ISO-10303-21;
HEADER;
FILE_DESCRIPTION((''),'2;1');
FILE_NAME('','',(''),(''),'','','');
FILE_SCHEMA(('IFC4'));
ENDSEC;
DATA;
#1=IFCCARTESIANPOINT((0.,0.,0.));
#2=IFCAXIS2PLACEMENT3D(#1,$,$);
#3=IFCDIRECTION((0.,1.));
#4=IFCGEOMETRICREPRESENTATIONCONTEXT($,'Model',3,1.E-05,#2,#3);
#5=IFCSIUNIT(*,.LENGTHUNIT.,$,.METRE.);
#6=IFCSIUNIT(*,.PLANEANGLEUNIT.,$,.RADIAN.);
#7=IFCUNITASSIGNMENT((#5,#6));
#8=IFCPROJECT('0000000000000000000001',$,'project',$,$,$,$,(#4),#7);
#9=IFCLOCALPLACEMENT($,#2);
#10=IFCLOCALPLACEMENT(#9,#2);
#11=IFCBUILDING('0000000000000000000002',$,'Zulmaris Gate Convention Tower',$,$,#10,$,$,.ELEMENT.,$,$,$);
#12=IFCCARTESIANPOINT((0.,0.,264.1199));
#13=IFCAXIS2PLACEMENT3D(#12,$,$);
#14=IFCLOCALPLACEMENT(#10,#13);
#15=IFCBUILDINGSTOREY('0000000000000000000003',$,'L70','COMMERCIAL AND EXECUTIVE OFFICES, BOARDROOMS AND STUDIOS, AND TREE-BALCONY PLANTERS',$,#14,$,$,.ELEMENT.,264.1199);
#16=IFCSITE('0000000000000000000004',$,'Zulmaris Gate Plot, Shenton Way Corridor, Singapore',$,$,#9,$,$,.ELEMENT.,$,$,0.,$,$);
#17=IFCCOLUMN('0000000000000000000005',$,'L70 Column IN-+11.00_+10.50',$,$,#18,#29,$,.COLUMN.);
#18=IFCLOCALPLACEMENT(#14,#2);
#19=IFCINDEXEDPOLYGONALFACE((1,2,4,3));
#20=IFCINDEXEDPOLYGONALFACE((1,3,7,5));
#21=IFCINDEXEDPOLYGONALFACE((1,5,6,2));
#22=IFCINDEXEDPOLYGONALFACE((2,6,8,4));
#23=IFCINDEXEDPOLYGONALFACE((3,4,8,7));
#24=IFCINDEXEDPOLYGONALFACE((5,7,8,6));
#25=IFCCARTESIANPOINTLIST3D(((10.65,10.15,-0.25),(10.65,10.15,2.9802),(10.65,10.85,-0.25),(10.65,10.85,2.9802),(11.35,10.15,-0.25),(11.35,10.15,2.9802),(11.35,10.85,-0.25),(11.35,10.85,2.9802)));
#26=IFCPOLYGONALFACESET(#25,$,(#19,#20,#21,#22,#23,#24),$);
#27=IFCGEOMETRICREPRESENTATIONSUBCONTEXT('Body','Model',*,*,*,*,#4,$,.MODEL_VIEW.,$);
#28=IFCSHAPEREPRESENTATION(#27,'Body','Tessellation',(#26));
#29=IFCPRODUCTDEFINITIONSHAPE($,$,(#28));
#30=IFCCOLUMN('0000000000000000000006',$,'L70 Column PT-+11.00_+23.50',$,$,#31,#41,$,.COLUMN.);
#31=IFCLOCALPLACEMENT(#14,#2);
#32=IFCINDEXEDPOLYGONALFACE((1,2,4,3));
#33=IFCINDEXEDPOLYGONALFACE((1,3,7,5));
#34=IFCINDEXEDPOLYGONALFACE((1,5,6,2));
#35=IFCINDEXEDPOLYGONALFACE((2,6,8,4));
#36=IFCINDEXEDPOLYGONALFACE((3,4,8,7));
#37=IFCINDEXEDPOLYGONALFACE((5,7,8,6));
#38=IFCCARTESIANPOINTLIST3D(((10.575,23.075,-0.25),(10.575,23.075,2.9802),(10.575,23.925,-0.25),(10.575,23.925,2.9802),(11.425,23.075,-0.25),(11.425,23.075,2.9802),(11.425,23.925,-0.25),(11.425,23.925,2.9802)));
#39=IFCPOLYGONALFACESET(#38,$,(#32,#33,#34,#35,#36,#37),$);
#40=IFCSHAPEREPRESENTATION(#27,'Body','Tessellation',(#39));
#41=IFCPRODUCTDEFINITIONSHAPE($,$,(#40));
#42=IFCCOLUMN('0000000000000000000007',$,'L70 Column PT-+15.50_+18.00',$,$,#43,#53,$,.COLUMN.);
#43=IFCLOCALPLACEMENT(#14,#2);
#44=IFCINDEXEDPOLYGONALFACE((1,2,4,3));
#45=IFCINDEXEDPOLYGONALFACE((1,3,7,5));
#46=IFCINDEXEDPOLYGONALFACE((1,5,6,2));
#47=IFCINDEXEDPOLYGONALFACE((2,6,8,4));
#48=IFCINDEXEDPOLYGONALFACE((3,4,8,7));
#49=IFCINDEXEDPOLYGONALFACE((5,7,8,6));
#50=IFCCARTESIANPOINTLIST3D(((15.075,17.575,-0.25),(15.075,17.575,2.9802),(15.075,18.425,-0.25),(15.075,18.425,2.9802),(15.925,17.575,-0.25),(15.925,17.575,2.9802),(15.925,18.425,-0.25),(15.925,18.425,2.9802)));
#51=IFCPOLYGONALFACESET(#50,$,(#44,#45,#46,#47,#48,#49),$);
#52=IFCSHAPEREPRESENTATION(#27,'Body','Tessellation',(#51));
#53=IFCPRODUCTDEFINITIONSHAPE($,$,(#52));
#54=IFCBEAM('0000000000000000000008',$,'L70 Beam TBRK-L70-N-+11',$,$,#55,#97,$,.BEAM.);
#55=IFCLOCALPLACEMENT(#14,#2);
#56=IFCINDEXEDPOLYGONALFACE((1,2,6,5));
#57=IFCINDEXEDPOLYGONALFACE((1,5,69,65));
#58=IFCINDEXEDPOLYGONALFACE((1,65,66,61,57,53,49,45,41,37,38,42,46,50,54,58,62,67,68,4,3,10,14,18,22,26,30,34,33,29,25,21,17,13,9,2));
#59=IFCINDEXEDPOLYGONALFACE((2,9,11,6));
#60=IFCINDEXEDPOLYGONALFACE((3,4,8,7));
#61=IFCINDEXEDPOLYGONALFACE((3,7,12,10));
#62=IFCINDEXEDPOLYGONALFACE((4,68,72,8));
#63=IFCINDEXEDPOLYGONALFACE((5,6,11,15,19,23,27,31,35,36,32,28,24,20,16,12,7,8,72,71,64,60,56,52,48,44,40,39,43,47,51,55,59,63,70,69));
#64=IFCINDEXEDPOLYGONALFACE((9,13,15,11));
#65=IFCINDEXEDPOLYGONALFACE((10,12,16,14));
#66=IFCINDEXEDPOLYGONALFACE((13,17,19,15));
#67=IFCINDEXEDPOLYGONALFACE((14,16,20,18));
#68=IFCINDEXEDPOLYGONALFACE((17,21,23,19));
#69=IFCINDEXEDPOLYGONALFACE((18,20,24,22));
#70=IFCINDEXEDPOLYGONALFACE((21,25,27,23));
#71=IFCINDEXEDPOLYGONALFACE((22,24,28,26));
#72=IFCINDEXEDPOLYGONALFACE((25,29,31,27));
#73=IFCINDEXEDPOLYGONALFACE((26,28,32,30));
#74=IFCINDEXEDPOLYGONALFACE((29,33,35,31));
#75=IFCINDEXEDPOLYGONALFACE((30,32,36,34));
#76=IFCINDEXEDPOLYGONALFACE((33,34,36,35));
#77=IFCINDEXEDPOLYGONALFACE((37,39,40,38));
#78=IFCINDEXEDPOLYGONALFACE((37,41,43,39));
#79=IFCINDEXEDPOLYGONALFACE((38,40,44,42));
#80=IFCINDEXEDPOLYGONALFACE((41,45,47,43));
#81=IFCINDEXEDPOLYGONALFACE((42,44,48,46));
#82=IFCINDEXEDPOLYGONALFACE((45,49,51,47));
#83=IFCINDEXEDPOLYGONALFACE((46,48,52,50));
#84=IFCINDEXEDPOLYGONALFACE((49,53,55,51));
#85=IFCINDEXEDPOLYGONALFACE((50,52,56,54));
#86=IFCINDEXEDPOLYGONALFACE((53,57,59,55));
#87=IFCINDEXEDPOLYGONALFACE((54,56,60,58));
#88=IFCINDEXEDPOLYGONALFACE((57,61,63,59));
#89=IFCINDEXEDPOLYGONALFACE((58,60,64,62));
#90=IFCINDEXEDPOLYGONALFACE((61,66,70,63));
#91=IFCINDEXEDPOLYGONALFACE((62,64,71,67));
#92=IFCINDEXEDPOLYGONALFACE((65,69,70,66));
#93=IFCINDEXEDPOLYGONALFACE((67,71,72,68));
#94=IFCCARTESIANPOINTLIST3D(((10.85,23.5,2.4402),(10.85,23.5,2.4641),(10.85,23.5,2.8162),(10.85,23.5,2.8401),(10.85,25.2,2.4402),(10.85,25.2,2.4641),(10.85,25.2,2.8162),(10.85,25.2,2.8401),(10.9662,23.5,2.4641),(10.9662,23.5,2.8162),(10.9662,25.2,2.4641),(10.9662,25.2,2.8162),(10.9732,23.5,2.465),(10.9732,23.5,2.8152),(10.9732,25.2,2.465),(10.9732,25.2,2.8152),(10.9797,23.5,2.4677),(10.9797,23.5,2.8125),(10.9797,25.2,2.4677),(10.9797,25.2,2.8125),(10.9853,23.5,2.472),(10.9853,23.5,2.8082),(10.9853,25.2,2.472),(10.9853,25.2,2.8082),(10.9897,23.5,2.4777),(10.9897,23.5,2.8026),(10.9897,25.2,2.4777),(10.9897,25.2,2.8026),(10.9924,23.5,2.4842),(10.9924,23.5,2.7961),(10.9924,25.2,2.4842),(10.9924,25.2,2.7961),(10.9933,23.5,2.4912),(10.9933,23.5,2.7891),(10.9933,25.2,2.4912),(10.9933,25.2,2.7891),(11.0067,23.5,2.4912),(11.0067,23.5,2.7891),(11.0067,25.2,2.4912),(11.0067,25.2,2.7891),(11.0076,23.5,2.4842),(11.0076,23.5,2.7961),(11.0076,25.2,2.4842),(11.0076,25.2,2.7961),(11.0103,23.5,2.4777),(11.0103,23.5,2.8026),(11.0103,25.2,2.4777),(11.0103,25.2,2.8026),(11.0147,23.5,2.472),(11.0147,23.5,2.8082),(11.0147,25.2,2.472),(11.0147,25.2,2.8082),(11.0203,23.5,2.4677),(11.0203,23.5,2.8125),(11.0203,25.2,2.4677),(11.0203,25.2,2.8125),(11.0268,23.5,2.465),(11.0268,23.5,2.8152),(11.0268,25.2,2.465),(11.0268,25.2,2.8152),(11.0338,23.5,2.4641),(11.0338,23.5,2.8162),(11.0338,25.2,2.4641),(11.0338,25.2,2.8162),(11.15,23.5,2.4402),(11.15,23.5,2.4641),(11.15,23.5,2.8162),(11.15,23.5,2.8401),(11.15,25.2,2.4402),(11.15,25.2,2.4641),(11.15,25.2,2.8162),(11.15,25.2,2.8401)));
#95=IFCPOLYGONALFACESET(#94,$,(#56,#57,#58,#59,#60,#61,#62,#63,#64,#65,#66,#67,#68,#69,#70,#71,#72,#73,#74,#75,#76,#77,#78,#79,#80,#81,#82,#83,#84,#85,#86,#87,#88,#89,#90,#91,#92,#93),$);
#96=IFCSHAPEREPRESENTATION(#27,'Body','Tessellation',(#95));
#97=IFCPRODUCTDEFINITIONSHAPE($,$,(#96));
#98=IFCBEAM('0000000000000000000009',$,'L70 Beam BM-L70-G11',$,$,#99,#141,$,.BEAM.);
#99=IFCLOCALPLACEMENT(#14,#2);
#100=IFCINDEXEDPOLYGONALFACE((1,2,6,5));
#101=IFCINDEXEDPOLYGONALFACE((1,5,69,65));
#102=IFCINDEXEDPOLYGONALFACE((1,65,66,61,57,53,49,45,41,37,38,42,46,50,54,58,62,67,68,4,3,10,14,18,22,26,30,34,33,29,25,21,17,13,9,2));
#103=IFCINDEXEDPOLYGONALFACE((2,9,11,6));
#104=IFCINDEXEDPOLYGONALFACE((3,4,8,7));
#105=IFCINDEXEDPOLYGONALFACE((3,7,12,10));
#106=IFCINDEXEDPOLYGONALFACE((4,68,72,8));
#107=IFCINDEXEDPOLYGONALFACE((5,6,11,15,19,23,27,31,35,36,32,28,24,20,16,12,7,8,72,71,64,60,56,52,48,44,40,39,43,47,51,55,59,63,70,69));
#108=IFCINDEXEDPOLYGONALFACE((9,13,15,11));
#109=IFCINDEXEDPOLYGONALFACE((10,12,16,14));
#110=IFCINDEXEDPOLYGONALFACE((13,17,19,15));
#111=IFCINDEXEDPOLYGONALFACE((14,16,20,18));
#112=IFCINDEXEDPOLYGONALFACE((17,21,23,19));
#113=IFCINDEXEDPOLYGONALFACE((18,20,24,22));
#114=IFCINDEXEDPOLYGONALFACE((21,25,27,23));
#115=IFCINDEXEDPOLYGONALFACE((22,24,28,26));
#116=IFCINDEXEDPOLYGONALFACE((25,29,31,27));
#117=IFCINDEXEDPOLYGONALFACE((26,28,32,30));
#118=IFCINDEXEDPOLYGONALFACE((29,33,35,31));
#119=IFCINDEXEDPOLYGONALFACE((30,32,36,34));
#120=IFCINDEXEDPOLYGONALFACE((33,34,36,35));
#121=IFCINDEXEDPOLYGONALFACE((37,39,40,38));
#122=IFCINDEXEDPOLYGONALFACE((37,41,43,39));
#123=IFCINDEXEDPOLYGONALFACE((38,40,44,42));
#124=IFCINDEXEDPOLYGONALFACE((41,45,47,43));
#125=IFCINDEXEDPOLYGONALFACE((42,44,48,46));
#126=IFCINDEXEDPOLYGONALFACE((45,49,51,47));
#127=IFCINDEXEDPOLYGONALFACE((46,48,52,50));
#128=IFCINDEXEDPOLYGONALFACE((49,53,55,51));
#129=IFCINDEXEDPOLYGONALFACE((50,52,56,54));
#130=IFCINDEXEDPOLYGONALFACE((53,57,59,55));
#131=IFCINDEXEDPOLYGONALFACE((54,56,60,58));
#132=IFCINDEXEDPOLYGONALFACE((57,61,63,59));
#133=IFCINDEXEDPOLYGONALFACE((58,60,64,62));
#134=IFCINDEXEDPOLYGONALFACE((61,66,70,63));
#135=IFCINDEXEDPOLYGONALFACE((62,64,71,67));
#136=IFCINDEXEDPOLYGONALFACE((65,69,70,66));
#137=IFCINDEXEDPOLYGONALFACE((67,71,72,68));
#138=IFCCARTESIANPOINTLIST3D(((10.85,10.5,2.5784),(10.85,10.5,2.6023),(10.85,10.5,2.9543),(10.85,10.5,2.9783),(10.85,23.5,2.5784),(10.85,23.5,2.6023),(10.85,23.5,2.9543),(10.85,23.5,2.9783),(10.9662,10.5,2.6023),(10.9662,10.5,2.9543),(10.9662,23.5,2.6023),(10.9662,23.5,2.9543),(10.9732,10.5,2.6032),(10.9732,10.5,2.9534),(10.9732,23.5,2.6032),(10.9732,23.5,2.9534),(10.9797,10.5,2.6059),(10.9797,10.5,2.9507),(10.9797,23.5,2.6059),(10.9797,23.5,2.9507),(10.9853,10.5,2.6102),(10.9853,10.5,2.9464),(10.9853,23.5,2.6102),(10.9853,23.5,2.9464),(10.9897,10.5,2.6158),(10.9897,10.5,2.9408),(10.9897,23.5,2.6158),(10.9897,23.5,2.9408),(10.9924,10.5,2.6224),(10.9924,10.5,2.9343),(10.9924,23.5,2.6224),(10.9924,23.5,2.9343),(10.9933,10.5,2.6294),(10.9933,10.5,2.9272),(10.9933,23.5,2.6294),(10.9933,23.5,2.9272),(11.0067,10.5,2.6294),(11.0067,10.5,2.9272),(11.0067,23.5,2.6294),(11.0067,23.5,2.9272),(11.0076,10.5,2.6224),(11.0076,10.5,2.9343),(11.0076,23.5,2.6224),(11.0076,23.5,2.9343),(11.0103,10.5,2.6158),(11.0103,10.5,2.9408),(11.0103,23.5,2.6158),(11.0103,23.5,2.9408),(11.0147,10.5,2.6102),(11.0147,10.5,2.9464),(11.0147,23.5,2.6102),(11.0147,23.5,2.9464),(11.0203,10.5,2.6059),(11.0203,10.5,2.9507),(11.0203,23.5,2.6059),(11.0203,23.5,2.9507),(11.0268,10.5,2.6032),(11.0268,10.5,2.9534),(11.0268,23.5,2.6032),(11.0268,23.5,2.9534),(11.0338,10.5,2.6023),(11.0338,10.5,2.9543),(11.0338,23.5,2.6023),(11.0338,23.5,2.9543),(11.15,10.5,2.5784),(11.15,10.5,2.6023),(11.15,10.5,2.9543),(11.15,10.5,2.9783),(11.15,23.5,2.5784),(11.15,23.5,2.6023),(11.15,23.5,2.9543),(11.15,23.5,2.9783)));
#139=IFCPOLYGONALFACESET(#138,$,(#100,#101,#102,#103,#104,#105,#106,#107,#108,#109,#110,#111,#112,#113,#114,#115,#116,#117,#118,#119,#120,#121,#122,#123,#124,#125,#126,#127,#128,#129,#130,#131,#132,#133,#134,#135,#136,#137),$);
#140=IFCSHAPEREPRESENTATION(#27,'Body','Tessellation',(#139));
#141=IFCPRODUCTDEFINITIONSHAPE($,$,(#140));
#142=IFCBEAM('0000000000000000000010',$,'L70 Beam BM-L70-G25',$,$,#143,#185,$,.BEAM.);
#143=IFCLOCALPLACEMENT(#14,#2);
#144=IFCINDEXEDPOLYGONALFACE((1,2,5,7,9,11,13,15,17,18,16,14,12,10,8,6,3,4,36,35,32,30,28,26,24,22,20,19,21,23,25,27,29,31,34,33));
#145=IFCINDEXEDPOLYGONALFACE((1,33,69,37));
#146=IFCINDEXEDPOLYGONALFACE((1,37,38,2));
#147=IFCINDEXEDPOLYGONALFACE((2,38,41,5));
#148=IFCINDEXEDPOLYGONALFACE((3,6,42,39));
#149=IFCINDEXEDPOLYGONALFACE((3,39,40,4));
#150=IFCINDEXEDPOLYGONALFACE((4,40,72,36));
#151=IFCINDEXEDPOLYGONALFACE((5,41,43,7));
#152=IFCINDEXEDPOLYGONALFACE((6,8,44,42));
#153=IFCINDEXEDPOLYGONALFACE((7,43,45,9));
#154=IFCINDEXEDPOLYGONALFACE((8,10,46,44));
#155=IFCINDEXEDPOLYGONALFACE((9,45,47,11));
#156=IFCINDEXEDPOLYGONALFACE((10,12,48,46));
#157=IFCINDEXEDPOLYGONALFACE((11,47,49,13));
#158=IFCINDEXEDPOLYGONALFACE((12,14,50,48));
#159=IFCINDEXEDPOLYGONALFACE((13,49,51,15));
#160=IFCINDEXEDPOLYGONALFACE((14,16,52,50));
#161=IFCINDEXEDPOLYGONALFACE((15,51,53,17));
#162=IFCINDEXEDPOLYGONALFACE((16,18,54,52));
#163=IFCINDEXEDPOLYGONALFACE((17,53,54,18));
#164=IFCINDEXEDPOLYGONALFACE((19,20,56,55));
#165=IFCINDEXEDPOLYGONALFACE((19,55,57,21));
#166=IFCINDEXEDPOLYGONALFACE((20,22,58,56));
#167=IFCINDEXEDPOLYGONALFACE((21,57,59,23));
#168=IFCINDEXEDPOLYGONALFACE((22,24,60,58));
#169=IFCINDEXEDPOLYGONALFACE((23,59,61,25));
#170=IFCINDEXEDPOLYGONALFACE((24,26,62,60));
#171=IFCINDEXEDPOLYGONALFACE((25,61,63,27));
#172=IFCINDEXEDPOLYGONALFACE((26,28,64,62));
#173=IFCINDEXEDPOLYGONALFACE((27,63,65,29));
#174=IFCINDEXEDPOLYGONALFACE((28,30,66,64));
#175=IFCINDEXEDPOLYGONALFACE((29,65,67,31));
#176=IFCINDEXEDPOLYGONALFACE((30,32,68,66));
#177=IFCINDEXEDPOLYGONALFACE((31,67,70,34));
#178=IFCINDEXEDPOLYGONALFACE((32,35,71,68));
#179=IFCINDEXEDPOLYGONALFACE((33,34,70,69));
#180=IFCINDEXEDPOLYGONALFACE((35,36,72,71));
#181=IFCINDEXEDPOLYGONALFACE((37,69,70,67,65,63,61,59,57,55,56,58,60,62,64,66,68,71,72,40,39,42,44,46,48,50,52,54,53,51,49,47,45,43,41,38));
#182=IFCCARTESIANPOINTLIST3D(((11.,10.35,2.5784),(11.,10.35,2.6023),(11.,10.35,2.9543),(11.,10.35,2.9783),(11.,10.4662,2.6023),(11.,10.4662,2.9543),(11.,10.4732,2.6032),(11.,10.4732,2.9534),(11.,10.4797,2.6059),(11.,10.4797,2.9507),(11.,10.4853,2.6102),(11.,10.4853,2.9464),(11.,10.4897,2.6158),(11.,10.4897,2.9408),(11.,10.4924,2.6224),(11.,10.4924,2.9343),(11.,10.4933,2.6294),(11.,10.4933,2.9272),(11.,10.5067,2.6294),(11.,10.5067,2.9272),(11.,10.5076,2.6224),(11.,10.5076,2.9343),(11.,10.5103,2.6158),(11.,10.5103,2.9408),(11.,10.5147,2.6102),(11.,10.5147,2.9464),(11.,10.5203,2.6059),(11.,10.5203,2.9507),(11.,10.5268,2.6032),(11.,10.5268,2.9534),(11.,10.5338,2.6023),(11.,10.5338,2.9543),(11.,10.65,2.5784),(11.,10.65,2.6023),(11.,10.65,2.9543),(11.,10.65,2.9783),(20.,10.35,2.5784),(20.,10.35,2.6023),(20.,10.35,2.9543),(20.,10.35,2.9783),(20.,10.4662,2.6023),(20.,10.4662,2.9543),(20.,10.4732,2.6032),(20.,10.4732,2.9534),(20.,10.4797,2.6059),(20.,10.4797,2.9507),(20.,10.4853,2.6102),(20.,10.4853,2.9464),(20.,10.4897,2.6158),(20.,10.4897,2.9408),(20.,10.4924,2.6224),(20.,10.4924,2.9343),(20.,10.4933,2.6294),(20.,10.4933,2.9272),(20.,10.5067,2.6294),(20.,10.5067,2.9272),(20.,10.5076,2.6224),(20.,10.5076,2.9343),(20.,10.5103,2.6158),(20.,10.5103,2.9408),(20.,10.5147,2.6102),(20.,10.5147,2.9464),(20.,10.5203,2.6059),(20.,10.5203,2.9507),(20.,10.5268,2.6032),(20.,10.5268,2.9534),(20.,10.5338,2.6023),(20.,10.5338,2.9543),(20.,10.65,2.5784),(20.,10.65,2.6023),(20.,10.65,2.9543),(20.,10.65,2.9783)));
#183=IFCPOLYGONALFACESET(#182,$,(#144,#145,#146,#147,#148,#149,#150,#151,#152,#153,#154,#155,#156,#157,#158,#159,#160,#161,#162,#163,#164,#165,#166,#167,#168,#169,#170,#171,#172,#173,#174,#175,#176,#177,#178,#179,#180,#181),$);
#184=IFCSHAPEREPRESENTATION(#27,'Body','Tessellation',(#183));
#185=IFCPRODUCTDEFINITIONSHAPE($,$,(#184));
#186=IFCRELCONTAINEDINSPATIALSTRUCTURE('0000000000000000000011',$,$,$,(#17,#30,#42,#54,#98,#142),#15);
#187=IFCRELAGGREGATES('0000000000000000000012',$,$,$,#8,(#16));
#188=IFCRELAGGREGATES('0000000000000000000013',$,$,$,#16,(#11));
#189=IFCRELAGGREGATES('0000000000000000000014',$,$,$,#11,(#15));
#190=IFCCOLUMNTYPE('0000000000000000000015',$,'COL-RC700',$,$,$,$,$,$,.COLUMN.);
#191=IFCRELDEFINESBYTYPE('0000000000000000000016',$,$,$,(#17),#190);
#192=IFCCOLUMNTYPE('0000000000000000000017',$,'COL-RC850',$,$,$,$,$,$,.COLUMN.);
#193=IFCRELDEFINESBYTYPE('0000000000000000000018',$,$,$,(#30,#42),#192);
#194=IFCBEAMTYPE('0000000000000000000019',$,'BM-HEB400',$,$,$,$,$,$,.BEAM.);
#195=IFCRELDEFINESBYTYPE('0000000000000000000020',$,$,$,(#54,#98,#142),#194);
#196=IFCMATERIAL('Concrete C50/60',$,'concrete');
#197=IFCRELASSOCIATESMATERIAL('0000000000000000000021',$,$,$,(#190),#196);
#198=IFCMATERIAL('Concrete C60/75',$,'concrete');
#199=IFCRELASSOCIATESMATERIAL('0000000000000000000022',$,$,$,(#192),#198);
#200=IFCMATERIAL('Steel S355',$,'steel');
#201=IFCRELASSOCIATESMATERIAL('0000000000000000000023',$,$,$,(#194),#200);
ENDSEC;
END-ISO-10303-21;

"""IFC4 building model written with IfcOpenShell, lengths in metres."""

from ifc_helpers import new_model, si_unit, direction, frame, origin, origin_2d, place, context, subcontext, project, spatial, rectangle, i_section, extrude, material, material_profile, profile_set, type_object, element, save


model = new_model("IFC4")

# Units and contexts
model_context = context("Model", 3, precision=1e-05, world=origin(), true_north=direction((0.0, 1.0)))
body_context = subcontext(model_context, "Body", "Model", "MODEL_VIEW")
ifc_project = project(units=[si_unit("LENGTHUNIT", "METRE"), si_unit("PLANEANGLEUNIT", "RADIAN")], contexts=[model_context])

# Site, building, storey
site_placement = place(None, origin())
site = spatial("IfcSite", under=ifc_project, at=site_placement, Name="Zulmaris Gate Plot, Shenton Way Corridor, Singapore", CompositionType="ELEMENT", RefElevation=0.0)
building_placement = place(site_placement, origin())
building = spatial("IfcBuilding", under=site, at=building_placement, Name="Zulmaris Gate Convention Tower", CompositionType="ELEMENT")
storey_placement = place(building_placement, frame((0.0, 0.0, 264.1199)))
storey = spatial("IfcBuildingStorey", under=building, at=storey_placement, Name="L70", Description="COMMERCIAL AND EXECUTIVE OFFICES, BOARDROOMS AND STUDIOS, AND TREE-BALCONY PLANTERS", CompositionType="ELEMENT", Elevation=264.1199)

# Columns
ifc_material_1 = material(Name="Concrete C50/60", Category="concrete")
ifc_material_profile_1 = material_profile(ifc_material_1, rectangle(XDim=0.7, YDim=0.7, at=origin_2d()), Name="RC COL 700x700")
ifc_profile_set_1 = profile_set([ifc_material_profile_1], Name="Concrete C50/60")
column_type_1 = type_object("IfcColumnType", Name="COL-RC700", PredefinedType="COLUMN", material=ifc_profile_set_1)
column_placement = place(storey_placement, frame((11.0, 10.5, -0.25), z_axis=(0.0, 0.0, 1.0), x_axis=(1.0, 0.0, 0.0)))
element("IfcColumn", 1, at=column_placement, inside=storey, type_object=column_type_1, Name="L70 Column IN-+11.00_+10.50", PredefinedType="COLUMN", context=body_context, shape_type="SweptSolid", body=[
    extrude(rectangle(XDim=0.7, YDim=0.7, at=origin_2d()), origin(), (0.0, 0.0, 1.0), 3.2302),
])
ifc_material_2 = material(Name="Concrete C60/75", Category="concrete")
ifc_material_profile_2 = material_profile(ifc_material_2, rectangle(XDim=0.8501, YDim=0.8501, at=origin_2d()), Name="RC COL 850x850")
ifc_profile_set_2 = profile_set([ifc_material_profile_2], Name="Concrete C60/75")
column_type_2 = type_object("IfcColumnType", Name="COL-RC850", PredefinedType="COLUMN", material=ifc_profile_set_2)
for number, where, z_axis, x_axis, name in (
    (2, (11.0, 23.5, -0.25), (0.0, 0.0, 1.0), (1.0, 0.0, 0.0), "L70 Column PT-+11.00_+23.50"),
    (3, (15.5, 18.0, -0.25), (0.0, 0.0, 1.0), (1.0, 0.0, 0.0), "L70 Column PT-+15.50_+18.00"),
):
    element("IfcColumn", number, at=place(storey_placement, frame(where, z_axis=z_axis, x_axis=x_axis)), inside=storey, type_object=column_type_2, Name=name, PredefinedType="COLUMN", context=body_context, shape_type="SweptSolid", body=[
        extrude(rectangle(XDim=0.8501, YDim=0.8501, at=origin_2d()), origin(), (0.0, 0.0, 1.0), 3.2302),
    ])

# Beams
ifc_material_3 = material(Name="Steel S355", Category="steel")
ifc_material_profile_3 = material_profile(ifc_material_3, i_section(OverallWidth=0.3, OverallDepth=0.3999, WebThickness=0.0134, FlangeThickness=0.0239, FilletRadius=0.0271, at=origin_2d()), Name="HEB 400")
ifc_profile_set_3 = profile_set([ifc_material_profile_3], Name="Steel S355")
beam_type_1 = type_object("IfcBeamType", Name="BM-HEB400", PredefinedType="BEAM", material=ifc_profile_set_3)
beam_1_placement = place(storey_placement, frame((11.0, 23.5, 2.6401), z_axis=(0.0, 1.0, 0.0), x_axis=(-1.0, 0.0, 0.0)))
element("IfcBeam", 4, at=beam_1_placement, inside=storey, type_object=beam_type_1, Name="L70 Beam TBRK-L70-N-+11", PredefinedType="BEAM", context=body_context, shape_type="SweptSolid", body=[
    extrude(i_section(OverallWidth=0.3, OverallDepth=0.3999, WebThickness=0.0134, FlangeThickness=0.0239, FilletRadius=0.0271, at=origin_2d()), origin(), (0.0, 0.0, 1.0), 1.7),
])
beam_2_placement = place(storey_placement, frame((11.0, 10.5, 2.7783), z_axis=(0.0, 1.0, 0.0), x_axis=(-1.0, 0.0, 0.0)))
element("IfcBeam", 5, at=beam_2_placement, inside=storey, type_object=beam_type_1, Name="L70 Beam BM-L70-G11", PredefinedType="BEAM", context=body_context, shape_type="SweptSolid", body=[
    extrude(i_section(OverallWidth=0.3, OverallDepth=0.3999, WebThickness=0.0134, FlangeThickness=0.0239, FilletRadius=0.0271, at=origin_2d()), origin(), (0.0, 0.0, 1.0), 13.0),
])
beam_3_placement = place(storey_placement, frame((11.0, 10.5, 2.7783), z_axis=(1.0, 0.0, 0.0), x_axis=(0.0, 1.0, 0.0)))
element("IfcBeam", 6, at=beam_3_placement, inside=storey, type_object=beam_type_1, Name="L70 Beam BM-L70-G25", PredefinedType="BEAM", context=body_context, shape_type="SweptSolid", body=[
    extrude(i_section(OverallWidth=0.3, OverallDepth=0.3999, WebThickness=0.0134, FlangeThickness=0.0239, FilletRadius=0.0271, at=origin_2d()), origin(), (0.0, 0.0, 1.0), 9.0),
])

save(model, "model.ifc")
